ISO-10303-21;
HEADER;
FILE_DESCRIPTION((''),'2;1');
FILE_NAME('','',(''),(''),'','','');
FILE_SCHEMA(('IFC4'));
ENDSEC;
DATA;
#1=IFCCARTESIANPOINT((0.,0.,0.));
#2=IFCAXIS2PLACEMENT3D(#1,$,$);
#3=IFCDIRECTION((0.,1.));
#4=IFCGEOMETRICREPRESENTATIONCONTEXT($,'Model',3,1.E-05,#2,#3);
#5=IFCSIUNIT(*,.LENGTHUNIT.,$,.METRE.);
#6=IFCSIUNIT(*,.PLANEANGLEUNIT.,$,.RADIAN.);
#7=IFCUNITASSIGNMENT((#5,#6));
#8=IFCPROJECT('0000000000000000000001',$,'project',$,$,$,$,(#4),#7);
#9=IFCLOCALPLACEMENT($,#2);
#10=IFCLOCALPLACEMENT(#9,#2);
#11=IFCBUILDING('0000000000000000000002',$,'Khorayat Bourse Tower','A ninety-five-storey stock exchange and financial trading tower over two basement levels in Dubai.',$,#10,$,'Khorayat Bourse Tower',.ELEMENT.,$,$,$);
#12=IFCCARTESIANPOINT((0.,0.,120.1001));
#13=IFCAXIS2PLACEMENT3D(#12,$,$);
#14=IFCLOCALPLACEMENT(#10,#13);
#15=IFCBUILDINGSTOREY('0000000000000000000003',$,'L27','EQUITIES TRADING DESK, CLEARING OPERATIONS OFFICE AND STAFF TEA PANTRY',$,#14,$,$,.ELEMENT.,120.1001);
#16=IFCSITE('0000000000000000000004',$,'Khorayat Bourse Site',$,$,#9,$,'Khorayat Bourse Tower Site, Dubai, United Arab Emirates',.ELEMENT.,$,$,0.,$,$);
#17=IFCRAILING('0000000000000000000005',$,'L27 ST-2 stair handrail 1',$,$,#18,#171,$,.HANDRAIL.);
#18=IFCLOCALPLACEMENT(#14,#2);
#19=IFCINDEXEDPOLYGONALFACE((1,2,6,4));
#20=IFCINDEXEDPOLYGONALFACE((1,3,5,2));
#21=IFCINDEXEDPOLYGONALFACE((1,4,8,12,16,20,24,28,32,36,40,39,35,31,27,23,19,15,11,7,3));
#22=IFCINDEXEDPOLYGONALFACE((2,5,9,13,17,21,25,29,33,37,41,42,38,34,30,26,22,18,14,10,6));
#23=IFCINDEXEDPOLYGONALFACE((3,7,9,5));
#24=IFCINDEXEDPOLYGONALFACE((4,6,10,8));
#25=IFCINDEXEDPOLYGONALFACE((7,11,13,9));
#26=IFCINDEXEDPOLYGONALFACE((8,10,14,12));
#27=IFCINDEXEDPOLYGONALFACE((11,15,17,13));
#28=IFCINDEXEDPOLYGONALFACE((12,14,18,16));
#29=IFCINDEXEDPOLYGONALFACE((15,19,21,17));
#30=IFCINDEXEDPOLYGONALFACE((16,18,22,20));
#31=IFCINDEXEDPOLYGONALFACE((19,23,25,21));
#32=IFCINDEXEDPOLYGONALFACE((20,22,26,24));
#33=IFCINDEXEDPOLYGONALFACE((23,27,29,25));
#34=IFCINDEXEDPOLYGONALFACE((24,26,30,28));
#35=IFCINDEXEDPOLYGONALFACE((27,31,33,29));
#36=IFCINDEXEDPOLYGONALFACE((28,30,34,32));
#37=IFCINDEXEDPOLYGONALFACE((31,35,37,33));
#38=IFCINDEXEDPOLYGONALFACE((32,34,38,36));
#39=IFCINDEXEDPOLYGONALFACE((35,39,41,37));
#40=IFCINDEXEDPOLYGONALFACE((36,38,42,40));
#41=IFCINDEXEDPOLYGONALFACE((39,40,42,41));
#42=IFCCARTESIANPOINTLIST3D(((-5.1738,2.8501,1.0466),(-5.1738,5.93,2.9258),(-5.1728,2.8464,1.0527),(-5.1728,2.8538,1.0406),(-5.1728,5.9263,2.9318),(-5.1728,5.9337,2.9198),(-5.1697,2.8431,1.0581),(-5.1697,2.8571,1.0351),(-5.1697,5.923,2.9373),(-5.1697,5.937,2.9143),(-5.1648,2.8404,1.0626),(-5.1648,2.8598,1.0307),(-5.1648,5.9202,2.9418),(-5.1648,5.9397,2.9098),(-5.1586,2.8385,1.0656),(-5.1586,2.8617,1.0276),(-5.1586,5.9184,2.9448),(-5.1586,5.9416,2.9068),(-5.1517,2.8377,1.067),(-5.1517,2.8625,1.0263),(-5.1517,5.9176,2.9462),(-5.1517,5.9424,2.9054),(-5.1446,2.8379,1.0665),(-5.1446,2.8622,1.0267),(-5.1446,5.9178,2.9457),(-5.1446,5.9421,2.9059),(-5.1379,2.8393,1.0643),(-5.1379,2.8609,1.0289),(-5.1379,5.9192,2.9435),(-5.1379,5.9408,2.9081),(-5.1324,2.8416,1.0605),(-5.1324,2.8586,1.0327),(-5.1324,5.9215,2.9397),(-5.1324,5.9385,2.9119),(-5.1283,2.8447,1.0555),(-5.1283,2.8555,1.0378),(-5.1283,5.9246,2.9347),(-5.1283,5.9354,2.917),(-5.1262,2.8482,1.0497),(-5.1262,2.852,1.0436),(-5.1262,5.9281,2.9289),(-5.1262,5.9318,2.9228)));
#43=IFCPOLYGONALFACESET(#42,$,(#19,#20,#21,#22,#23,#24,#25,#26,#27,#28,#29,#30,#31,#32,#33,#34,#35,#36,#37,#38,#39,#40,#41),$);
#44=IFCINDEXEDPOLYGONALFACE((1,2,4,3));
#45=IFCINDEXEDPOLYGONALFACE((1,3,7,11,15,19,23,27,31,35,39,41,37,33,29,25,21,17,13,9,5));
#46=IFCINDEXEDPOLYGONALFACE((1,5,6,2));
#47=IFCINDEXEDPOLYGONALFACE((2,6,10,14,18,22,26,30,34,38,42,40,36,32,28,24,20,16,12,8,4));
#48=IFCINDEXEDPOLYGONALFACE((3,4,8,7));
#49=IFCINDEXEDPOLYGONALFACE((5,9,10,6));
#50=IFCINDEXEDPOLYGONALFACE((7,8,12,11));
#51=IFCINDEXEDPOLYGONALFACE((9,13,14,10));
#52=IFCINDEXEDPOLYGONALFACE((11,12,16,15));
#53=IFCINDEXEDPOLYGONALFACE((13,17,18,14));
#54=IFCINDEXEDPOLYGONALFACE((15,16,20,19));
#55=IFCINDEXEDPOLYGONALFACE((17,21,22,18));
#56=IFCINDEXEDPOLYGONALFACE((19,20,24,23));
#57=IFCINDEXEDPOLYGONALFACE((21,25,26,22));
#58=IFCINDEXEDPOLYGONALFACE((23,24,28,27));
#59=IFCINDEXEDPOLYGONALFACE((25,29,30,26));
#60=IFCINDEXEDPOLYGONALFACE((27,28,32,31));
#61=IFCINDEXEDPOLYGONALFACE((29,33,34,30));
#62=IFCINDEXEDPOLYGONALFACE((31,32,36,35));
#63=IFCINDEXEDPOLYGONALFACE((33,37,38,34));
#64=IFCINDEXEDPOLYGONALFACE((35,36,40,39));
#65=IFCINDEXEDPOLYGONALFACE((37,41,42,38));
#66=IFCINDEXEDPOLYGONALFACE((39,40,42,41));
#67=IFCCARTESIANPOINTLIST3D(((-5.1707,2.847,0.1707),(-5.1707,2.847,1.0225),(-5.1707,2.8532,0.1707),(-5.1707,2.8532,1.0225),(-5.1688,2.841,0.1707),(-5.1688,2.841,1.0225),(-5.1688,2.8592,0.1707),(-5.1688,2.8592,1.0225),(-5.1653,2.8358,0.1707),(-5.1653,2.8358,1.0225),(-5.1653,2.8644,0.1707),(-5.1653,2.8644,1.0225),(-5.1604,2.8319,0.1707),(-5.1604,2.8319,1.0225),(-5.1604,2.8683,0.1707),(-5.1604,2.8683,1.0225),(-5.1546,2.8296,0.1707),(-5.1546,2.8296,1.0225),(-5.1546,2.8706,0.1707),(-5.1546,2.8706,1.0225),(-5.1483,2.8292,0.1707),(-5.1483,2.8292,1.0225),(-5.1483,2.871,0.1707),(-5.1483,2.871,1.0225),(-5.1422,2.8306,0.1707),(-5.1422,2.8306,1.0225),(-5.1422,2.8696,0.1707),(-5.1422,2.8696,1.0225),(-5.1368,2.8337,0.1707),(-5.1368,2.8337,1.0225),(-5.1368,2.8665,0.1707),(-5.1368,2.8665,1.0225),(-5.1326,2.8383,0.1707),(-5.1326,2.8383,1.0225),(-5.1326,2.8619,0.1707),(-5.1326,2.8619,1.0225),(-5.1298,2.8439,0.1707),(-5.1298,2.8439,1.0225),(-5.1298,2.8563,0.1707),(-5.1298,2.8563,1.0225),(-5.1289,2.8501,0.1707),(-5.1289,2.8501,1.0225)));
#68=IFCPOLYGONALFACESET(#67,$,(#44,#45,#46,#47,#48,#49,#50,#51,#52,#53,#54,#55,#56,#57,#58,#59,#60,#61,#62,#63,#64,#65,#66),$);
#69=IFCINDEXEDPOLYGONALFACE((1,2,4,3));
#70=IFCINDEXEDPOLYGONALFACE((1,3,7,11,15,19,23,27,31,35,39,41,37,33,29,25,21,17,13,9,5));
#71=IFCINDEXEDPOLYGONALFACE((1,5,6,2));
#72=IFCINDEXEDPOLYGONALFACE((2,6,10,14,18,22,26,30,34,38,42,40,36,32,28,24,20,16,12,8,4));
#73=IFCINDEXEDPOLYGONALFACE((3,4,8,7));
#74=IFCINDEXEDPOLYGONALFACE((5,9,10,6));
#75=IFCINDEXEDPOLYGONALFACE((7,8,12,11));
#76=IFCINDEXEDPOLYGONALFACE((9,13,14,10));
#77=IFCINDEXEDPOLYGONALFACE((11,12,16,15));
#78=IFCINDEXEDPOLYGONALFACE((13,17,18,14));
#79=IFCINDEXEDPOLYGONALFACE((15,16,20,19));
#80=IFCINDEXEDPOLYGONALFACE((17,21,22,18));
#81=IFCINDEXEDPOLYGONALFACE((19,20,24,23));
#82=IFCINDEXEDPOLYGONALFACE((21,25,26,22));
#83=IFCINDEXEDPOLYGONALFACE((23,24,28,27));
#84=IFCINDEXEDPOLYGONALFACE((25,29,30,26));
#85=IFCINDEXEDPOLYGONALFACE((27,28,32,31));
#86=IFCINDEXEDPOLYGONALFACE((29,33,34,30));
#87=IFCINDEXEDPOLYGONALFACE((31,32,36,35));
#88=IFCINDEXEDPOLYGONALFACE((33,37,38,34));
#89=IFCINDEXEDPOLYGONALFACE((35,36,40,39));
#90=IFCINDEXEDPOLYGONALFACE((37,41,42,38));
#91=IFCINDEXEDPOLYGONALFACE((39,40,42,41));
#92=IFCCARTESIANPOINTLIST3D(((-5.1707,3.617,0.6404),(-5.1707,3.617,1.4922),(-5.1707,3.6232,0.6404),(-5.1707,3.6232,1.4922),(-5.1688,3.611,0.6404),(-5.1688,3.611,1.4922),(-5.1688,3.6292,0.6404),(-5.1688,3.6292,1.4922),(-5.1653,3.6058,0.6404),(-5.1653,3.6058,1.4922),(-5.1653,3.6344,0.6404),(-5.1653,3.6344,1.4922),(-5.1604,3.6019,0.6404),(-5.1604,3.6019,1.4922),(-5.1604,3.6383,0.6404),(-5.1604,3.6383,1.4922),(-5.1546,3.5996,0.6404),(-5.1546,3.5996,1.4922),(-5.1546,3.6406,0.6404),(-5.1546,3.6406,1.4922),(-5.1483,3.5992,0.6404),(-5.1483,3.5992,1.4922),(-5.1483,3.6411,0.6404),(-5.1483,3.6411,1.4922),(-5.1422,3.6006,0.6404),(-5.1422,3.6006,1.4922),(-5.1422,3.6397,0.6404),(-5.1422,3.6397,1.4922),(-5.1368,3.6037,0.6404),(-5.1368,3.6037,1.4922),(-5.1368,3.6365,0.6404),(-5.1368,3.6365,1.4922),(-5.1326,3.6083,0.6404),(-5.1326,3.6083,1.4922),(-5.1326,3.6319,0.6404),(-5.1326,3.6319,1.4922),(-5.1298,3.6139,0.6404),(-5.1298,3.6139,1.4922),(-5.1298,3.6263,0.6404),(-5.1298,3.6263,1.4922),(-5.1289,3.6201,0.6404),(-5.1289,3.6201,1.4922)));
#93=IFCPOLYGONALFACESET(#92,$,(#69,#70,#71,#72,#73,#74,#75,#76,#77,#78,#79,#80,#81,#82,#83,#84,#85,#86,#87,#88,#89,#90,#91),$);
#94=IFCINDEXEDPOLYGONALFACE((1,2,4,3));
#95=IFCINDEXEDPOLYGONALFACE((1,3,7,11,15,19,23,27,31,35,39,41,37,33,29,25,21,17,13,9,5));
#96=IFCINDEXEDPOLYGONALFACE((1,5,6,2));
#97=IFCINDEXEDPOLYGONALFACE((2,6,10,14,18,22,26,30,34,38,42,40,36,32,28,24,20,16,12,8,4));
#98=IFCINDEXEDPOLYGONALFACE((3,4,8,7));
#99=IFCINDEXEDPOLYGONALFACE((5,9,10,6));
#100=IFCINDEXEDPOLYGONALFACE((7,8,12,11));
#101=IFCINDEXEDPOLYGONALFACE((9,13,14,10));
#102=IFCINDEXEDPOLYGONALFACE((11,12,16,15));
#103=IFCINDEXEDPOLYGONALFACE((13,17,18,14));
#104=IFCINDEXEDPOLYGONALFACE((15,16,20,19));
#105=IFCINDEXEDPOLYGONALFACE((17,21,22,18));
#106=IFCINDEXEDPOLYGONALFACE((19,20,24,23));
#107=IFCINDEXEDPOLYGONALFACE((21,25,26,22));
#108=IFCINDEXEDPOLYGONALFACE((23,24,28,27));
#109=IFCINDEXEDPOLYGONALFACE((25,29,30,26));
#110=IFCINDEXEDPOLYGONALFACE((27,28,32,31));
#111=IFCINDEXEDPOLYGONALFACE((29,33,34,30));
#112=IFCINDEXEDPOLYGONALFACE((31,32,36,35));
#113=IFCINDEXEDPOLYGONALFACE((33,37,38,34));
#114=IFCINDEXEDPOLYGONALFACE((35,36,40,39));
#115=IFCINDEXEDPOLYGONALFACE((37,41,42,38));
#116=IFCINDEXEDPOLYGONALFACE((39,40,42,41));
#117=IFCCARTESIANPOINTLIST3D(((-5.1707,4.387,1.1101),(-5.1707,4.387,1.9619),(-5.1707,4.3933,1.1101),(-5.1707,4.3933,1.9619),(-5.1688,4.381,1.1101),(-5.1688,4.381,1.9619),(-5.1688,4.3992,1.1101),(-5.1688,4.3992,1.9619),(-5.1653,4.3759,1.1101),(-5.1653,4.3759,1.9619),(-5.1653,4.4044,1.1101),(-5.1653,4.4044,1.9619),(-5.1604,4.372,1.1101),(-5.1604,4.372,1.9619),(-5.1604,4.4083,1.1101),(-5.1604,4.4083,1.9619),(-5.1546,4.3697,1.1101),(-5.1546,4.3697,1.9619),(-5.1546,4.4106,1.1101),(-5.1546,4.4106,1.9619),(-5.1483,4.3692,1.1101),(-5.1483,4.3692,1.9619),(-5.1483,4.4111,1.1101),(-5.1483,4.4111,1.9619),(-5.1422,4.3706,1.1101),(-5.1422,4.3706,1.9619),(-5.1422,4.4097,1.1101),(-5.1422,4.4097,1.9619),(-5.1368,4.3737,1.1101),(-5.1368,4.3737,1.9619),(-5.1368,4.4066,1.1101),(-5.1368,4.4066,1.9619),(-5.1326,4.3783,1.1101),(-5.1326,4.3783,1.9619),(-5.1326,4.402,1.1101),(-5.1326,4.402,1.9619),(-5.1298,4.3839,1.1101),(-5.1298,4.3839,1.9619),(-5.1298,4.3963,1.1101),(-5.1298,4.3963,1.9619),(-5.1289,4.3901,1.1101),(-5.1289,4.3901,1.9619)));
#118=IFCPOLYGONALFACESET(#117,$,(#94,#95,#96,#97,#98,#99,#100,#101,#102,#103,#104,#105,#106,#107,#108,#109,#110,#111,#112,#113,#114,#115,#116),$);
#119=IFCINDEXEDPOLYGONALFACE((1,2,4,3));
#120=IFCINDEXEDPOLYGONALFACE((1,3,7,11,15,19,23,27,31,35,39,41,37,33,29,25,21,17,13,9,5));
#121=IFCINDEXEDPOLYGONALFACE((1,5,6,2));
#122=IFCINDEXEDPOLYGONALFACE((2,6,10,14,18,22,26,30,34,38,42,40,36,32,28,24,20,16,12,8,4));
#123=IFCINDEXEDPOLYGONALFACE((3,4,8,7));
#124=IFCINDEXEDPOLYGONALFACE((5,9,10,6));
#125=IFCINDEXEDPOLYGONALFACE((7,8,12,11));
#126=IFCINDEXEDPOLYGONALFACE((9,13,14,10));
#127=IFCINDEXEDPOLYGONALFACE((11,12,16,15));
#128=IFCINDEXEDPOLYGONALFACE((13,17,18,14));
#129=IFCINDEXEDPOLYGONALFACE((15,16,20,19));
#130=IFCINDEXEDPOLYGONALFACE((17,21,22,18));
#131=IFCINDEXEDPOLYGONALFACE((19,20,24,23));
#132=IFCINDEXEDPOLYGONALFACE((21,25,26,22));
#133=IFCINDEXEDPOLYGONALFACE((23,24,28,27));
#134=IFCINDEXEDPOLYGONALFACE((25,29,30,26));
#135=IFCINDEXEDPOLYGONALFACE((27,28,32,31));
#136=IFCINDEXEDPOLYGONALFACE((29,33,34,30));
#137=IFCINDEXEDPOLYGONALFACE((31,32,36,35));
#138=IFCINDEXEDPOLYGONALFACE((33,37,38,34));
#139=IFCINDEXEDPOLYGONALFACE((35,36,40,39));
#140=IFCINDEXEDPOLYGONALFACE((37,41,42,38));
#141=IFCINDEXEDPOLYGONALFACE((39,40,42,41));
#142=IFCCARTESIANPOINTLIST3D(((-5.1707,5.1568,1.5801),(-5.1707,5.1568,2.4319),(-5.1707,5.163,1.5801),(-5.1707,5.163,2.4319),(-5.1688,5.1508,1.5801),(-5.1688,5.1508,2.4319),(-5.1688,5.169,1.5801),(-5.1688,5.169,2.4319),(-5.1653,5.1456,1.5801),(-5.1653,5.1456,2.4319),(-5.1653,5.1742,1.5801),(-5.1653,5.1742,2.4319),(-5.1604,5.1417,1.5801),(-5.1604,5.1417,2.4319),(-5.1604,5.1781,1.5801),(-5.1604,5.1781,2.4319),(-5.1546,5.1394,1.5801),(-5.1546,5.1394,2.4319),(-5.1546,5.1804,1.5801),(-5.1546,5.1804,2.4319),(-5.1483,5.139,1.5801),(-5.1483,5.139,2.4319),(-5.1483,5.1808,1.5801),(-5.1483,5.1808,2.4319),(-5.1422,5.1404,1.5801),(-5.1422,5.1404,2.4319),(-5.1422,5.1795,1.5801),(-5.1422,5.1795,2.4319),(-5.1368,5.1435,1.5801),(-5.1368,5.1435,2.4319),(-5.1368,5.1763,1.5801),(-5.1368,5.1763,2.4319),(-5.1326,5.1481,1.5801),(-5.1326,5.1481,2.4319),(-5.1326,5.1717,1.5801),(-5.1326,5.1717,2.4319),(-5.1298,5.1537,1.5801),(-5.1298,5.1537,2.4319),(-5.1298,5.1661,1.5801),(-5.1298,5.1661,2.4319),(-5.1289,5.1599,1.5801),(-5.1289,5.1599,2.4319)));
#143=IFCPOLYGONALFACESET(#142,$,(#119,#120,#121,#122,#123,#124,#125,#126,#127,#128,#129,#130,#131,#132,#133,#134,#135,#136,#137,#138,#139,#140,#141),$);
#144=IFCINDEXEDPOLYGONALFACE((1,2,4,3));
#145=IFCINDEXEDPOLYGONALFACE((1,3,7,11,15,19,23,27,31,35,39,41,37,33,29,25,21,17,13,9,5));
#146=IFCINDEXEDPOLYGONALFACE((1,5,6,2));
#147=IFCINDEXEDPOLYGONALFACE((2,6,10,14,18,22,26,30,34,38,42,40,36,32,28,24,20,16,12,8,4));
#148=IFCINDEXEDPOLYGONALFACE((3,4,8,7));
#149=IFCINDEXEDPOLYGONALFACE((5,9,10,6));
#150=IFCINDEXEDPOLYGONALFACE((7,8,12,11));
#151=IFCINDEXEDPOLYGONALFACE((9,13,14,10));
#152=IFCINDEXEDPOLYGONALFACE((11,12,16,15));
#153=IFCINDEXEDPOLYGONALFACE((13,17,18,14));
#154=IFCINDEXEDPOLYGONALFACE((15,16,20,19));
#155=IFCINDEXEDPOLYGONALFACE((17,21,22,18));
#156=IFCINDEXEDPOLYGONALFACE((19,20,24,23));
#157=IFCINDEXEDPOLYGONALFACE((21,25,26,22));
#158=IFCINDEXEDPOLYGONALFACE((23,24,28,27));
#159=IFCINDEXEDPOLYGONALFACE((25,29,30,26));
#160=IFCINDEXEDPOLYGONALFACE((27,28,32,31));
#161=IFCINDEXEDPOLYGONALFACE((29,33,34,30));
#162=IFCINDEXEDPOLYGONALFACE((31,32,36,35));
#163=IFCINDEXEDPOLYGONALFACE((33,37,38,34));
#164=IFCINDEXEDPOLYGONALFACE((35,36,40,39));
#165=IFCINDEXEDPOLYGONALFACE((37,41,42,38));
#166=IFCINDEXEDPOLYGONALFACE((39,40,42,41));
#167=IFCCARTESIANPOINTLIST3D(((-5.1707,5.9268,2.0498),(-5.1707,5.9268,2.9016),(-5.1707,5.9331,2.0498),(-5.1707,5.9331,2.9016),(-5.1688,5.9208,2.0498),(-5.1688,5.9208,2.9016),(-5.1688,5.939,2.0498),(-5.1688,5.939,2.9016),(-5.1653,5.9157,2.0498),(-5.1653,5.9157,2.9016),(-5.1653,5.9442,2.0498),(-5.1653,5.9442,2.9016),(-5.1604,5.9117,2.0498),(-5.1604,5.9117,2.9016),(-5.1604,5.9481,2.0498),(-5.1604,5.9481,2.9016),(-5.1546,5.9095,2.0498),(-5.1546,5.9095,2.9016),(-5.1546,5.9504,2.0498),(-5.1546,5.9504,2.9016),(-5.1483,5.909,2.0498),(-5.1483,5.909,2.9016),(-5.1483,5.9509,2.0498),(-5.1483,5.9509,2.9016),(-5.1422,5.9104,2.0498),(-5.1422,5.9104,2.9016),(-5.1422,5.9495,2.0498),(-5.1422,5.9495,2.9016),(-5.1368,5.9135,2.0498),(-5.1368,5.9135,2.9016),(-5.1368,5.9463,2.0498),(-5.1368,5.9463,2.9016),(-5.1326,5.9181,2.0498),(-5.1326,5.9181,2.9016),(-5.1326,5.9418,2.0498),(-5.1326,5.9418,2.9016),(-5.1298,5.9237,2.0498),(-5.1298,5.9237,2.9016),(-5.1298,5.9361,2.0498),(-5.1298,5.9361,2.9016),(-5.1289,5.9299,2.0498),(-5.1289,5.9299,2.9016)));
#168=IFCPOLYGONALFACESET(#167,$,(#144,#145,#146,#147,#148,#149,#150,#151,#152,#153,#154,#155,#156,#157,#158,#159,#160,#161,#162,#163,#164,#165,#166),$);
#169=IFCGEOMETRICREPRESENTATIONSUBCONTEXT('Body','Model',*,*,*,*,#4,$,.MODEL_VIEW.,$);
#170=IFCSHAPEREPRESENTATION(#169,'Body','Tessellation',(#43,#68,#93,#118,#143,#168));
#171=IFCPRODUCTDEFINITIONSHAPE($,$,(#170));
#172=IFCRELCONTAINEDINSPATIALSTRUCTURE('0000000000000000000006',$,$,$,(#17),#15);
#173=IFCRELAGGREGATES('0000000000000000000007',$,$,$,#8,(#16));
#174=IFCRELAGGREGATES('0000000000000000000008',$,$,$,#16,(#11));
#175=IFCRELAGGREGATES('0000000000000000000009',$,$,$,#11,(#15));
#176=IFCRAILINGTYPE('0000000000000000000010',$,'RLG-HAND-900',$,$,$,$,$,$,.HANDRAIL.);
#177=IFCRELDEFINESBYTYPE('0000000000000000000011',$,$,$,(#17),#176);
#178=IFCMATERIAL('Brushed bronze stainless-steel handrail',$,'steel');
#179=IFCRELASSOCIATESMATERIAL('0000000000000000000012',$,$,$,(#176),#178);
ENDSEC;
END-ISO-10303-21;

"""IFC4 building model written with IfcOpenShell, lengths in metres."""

from ifc_helpers import new_model, si_unit, direction, frame, origin, origin_2d, place, context, subcontext, project, spatial, circle, extrude, source, transform, mapped, material, type_object, element, save


model = new_model("IFC4")

# Units and contexts
model_context = context("Model", 3, precision=1e-05, world=origin(), true_north=direction((0.0, 1.0)))
body_context = subcontext(model_context, "Body", "Model", "MODEL_VIEW")
ifc_project = project(units=[si_unit("LENGTHUNIT", "METRE"), si_unit("PLANEANGLEUNIT", "RADIAN")], contexts=[model_context])

# Site, building, storey
site_placement = place(None, origin())
site = spatial("IfcSite", under=ifc_project, at=site_placement, Name="Khorayat Bourse Site", LongName="Khorayat Bourse Tower Site, Dubai, United Arab Emirates", CompositionType="ELEMENT", RefElevation=0.0)
building_placement = place(site_placement, origin())
building = spatial("IfcBuilding", under=site, at=building_placement, Name="Khorayat Bourse Tower", Description="A ninety-five-storey stock exchange and financial trading tower over two basement levels in Dubai.", LongName="Khorayat Bourse Tower", CompositionType="ELEMENT")
storey_placement = place(building_placement, frame((0.0, 0.0, 120.1001)))
storey = spatial("IfcBuildingStorey", under=building, at=storey_placement, Name="L27", Description="EQUITIES TRADING DESK, CLEARING OPERATIONS OFFICE AND STAFF TEA PANTRY", CompositionType="ELEMENT", Elevation=120.1001)

# Railing
ifc_material_1 = material(Name="Brushed bronze stainless-steel handrail", Category="steel")
railing_type_1 = type_object("IfcRailingType", Name="RLG-HAND-900", PredefinedType="HANDRAIL", material=ifc_material_1)
shared_shape_1 = source(origin(), body_context, "Body", "SweptSolid", [
    extrude(circle(Radius=0.0239, at=origin_2d()), frame((0.0, 0.0, 0.876), z_axis=(0.0, 0.853648, 0.52085), x_axis=(-1.0, 0.0, 0.0)), (0.0, 0.0, 1.0), 3.6079),
    extrude(circle(Radius=0.021, at=origin_2d()), origin(), (0.0, 0.0, 1.0), 0.8518),
    extrude(circle(Radius=0.021, at=origin_2d()), frame((0.0, 0.77, 0.4697)), (0.0, 0.0, 1.0), 0.8518),
    extrude(circle(Radius=0.021, at=origin_2d()), frame((0.0, 1.54, 0.9395)), (0.0, 0.0, 1.0), 0.8518),
    extrude(circle(Radius=0.021, at=origin_2d()), frame((0.0, 2.3098, 1.4094)), (0.0, 0.0, 1.0), 0.8518),
    extrude(circle(Radius=0.021, at=origin_2d()), frame((0.0, 3.0798, 1.8792)), (0.0, 0.0, 1.0), 0.8518),
])
railing_1_placement = place(storey_placement, frame((-5.1499, 2.8501, 0.1707)))
element("IfcRailing", 1, at=railing_1_placement, inside=storey, type_object=railing_type_1, Name="L27 ST-2 stair handrail 1", PredefinedType="HANDRAIL", context=body_context, shape_type="MappedRepresentation", body=[
    mapped(shared_shape_1, transform((0.0, 0.0, 0.0), scale=1.0)),
])

save(model, "model.ifc")
